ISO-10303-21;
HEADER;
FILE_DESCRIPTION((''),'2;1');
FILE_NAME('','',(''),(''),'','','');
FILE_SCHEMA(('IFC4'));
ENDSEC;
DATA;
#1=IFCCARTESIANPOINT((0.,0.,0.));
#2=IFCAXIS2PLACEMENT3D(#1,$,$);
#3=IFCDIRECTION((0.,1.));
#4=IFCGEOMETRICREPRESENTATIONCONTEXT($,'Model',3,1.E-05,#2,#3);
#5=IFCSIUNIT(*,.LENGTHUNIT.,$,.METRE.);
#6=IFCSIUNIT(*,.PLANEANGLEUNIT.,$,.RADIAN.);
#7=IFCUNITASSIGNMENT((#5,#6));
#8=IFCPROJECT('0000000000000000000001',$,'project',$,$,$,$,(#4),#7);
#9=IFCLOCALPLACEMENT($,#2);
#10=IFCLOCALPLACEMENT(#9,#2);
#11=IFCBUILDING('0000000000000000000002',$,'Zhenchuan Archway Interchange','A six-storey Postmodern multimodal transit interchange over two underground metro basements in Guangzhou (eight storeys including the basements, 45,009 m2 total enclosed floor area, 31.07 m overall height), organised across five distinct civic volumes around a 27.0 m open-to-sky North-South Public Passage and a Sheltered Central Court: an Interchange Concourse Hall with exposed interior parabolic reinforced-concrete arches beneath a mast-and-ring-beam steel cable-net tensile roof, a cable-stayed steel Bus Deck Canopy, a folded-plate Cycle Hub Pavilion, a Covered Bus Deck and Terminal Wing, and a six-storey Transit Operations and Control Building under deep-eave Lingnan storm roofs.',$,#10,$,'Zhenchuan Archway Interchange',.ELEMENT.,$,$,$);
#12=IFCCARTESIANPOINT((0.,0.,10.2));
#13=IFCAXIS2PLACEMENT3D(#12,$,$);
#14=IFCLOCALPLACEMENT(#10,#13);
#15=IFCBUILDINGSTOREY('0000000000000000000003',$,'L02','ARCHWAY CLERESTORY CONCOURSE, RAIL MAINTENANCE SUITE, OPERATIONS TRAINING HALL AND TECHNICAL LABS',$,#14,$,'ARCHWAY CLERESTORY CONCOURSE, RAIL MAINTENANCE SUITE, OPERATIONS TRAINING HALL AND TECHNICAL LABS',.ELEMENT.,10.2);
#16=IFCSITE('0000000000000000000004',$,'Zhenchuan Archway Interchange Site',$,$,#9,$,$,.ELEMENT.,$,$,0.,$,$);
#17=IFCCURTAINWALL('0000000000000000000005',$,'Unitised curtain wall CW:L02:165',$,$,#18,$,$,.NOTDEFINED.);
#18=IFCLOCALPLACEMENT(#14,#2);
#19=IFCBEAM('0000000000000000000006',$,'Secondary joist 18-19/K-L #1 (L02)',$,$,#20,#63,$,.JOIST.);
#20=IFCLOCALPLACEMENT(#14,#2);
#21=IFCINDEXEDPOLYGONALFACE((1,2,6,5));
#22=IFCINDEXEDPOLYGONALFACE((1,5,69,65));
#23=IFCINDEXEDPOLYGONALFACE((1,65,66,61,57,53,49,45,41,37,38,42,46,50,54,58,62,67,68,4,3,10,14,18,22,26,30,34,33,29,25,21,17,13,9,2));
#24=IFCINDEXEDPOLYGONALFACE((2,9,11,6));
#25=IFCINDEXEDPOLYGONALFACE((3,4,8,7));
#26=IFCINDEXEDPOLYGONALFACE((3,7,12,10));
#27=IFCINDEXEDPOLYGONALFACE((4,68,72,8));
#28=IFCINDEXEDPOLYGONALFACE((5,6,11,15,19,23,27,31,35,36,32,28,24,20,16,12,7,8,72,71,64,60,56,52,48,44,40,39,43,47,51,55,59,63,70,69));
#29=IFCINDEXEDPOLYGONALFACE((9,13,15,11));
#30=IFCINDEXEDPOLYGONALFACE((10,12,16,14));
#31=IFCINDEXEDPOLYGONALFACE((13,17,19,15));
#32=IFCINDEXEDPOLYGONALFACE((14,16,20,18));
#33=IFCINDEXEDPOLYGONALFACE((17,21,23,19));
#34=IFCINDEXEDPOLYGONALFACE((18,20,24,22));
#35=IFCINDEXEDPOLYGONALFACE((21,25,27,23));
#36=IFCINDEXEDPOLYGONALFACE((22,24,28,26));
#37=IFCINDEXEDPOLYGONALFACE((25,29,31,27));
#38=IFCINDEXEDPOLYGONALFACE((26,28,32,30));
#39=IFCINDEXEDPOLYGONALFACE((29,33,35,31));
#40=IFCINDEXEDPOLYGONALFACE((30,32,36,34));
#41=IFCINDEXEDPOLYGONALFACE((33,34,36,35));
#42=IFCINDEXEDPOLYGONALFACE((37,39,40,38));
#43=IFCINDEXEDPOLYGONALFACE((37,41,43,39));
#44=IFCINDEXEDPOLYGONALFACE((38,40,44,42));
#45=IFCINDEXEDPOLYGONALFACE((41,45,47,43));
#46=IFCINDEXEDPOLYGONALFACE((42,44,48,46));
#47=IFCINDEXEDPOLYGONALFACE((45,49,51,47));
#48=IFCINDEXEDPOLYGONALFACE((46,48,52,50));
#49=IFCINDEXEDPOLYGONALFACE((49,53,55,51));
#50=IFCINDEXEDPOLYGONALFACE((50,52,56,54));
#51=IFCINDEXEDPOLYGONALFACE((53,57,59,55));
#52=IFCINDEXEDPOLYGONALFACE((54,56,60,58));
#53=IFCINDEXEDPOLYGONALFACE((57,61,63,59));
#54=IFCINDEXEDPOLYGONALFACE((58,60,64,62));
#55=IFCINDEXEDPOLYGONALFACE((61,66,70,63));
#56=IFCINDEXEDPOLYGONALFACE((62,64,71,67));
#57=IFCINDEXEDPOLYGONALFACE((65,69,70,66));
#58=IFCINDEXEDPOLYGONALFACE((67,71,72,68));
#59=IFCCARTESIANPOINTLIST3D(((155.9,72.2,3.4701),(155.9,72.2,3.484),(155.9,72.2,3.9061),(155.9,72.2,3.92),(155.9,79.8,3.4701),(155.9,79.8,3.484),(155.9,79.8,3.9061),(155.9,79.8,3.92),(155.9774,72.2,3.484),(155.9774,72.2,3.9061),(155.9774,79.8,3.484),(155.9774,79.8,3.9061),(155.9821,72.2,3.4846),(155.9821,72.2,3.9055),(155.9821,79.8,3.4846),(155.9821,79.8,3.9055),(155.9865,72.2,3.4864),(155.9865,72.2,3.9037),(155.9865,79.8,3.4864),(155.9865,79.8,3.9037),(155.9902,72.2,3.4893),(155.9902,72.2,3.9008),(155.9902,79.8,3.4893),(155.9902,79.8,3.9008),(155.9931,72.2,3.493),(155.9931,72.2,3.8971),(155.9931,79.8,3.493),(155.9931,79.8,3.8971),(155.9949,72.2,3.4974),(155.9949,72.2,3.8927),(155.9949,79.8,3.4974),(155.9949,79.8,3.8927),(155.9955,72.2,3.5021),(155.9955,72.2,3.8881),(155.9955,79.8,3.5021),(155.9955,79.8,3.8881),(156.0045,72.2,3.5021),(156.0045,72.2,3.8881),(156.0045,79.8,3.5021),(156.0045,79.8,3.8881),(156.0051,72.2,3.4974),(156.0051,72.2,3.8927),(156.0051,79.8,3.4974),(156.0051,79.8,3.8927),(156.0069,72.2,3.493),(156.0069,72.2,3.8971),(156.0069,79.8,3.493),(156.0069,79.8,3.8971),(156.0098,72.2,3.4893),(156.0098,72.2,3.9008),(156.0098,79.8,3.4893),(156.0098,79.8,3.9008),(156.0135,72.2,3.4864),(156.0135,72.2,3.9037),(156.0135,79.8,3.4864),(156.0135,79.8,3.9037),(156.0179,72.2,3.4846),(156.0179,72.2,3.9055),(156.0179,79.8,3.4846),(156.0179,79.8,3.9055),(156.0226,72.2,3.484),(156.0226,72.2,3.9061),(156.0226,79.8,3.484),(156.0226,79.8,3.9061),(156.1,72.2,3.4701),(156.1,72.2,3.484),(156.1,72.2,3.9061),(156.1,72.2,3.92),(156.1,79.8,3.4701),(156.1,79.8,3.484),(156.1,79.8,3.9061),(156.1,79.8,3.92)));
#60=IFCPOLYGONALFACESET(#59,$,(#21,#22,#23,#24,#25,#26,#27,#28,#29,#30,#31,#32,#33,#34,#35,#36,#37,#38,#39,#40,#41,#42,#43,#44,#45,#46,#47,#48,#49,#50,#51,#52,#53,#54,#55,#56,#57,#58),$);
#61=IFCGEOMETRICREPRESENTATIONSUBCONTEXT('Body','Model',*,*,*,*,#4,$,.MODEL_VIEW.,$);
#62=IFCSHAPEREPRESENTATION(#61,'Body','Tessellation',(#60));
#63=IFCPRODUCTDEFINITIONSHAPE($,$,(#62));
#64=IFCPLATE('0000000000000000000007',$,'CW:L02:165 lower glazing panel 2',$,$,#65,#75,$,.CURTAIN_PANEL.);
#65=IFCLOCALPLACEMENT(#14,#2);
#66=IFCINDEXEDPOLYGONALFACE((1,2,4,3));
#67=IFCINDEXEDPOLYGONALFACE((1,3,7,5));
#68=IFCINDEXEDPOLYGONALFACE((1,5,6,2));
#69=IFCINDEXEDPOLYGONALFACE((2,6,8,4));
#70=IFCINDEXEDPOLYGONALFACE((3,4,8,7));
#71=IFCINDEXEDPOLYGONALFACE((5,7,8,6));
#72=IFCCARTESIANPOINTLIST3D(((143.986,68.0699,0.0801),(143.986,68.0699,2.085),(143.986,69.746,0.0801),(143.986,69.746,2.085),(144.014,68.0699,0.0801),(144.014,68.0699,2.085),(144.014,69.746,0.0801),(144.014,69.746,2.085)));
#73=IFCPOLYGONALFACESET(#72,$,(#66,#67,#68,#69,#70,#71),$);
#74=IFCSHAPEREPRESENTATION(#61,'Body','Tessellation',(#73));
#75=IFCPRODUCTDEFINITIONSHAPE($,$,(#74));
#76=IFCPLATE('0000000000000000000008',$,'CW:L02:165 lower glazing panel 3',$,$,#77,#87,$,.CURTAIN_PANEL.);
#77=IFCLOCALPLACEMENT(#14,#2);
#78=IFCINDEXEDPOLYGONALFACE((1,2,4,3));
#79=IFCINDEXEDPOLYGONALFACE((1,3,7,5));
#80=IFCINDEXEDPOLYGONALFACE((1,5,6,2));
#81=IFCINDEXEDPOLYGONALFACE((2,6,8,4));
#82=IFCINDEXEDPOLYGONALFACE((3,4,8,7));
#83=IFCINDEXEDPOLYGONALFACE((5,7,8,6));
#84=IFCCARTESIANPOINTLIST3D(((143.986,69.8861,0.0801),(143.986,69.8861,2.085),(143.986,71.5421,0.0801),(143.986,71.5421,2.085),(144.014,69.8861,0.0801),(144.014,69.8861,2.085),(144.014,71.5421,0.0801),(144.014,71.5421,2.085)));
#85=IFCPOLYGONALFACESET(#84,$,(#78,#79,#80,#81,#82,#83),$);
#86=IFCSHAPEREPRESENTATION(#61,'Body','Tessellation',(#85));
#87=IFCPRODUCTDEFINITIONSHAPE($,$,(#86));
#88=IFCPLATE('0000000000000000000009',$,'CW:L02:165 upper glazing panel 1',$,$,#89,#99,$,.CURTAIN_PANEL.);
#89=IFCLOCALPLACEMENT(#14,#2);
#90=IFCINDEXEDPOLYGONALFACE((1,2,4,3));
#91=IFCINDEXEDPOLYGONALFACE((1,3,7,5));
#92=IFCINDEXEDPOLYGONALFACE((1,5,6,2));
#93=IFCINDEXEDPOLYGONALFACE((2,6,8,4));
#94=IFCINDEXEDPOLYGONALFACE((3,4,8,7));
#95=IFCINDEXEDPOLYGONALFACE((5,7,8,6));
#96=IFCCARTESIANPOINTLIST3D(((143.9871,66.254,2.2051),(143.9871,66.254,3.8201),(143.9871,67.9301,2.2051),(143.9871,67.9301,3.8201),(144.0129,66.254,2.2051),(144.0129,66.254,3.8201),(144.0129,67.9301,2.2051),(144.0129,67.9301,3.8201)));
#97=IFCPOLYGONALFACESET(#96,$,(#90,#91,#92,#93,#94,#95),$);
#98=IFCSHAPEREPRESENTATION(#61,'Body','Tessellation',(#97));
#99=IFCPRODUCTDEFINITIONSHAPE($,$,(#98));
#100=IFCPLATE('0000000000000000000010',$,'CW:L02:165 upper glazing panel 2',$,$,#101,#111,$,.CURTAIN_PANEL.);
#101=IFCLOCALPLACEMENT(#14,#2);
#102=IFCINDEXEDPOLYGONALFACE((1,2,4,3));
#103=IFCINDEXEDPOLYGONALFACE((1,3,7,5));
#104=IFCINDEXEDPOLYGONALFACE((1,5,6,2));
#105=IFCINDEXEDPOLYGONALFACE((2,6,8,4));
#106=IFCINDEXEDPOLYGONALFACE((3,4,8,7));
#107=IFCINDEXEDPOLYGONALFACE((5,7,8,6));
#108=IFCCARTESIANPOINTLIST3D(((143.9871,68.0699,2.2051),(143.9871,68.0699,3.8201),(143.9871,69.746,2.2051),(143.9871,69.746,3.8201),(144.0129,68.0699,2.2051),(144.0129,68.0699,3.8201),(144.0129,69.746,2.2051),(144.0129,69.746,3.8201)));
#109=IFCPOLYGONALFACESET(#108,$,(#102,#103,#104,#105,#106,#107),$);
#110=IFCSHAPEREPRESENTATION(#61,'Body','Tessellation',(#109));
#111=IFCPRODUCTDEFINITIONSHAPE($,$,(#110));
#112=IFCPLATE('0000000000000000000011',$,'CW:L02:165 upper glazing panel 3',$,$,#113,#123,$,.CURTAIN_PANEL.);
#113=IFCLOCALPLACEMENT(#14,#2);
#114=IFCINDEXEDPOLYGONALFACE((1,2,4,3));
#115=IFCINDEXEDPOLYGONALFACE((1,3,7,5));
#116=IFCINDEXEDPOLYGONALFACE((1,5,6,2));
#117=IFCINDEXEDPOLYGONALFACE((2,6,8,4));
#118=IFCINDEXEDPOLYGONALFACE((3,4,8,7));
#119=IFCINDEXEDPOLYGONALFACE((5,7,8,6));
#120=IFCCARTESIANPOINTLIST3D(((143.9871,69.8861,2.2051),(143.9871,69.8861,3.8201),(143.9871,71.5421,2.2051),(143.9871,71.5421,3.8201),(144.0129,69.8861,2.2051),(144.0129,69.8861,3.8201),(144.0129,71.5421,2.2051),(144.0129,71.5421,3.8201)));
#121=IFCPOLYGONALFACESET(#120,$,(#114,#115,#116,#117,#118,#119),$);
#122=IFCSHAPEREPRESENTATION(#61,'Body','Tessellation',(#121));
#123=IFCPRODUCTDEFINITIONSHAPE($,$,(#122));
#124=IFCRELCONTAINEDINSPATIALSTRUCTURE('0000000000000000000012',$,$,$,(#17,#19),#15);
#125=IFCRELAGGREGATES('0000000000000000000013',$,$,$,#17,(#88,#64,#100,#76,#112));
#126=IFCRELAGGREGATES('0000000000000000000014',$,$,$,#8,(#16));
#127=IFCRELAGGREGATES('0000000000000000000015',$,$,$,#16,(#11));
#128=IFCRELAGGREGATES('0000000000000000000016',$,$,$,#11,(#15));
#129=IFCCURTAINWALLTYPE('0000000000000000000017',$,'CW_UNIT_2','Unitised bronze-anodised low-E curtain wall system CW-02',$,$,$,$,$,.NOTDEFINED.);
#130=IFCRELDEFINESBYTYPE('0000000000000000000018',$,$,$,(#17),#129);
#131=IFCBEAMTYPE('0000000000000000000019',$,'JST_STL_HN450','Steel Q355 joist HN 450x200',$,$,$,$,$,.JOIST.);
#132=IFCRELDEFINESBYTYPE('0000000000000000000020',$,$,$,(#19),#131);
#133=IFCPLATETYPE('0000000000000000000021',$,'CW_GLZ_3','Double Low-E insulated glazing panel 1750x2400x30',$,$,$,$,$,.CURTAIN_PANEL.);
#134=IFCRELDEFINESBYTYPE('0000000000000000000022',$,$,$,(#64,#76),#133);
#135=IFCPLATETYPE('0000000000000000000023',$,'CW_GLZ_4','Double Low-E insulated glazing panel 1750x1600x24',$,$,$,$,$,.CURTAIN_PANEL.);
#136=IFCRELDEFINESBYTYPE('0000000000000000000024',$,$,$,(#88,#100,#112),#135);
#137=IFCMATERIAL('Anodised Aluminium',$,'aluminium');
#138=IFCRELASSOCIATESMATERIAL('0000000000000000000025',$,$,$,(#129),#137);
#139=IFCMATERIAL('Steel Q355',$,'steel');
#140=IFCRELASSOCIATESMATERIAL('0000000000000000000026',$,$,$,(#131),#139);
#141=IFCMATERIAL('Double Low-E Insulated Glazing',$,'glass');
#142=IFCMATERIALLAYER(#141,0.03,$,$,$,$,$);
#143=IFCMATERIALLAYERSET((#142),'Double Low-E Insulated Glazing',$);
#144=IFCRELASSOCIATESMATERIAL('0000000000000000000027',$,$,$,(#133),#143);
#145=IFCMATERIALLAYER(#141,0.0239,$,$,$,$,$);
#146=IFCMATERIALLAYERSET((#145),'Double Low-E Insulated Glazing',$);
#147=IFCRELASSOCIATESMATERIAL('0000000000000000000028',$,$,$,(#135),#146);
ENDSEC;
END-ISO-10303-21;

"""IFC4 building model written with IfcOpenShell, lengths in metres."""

from ifc_helpers import new_model, si_unit, direction, frame, origin, origin_2d, place, context, subcontext, project, spatial, rectangle, i_section, extrude, material, layer, layer_set, material_profile, profile_set, type_object, element, aggregate, save


model = new_model("IFC4")

# Units and contexts
model_context = context("Model", 3, precision=1e-05, world=origin(), true_north=direction((0.0, 1.0)))
body_context = subcontext(model_context, "Body", "Model", "MODEL_VIEW")
ifc_project = project(units=[si_unit("LENGTHUNIT", "METRE"), si_unit("PLANEANGLEUNIT", "RADIAN")], contexts=[model_context])

# Site, building, storey
site_placement = place(None, origin())
site = spatial("IfcSite", under=ifc_project, at=site_placement, Name="Zhenchuan Archway Interchange Site", CompositionType="ELEMENT", RefElevation=0.0)
building_placement = place(site_placement, origin())
building = spatial("IfcBuilding", under=site, at=building_placement, Name="Zhenchuan Archway Interchange", Description="A six-storey Postmodern multimodal transit interchange over two underground metro basements in Guangzhou (eight storeys including the basements, 45,009 m2 total enclosed floor area, 31.07 m overall height), organised across five distinct civic volumes around a 27.0 m open-to-sky North-South Public Passage and a Sheltered Central Court: an Interchange Concourse Hall with exposed interior parabolic reinforced-concrete arches beneath a mast-and-ring-beam steel cable-net tensile roof, a cable-stayed steel Bus Deck Canopy, a folded-plate Cycle Hub Pavilion, a Covered Bus Deck and Terminal Wing, and a six-storey Transit Operations and Control Building under deep-eave Lingnan storm roofs.", LongName="Zhenchuan Archway Interchange", CompositionType="ELEMENT")
storey_placement = place(building_placement, frame((0.0, 0.0, 10.2)))
storey = spatial("IfcBuildingStorey", under=building, at=storey_placement, Name="L02", Description="ARCHWAY CLERESTORY CONCOURSE, RAIL MAINTENANCE SUITE, OPERATIONS TRAINING HALL AND TECHNICAL LABS", LongName="ARCHWAY CLERESTORY CONCOURSE, RAIL MAINTENANCE SUITE, OPERATIONS TRAINING HALL AND TECHNICAL LABS", CompositionType="ELEMENT", Elevation=10.2)

# Curtain wall
ifc_material_1 = material(Name="Anodised Aluminium", Category="aluminium")
curtain_wall_type = type_object("IfcCurtainWallType", Name="CW_UNIT_2", Description="Unitised bronze-anodised low-E curtain wall system CW-02", PredefinedType="NOTDEFINED", material=ifc_material_1)
curtain_wall_placement = place(storey_placement, origin())
curtain_wall = element("IfcCurtainWall", 1, at=curtain_wall_placement, inside=storey, type_object=curtain_wall_type, Name="Unitised curtain wall CW:L02:165", PredefinedType="NOTDEFINED")

# Beam
ifc_material_2 = material(Name="Steel Q355", Category="steel")
ifc_material_profile_1 = material_profile(ifc_material_2, i_section(OverallWidth=0.2, OverallDepth=0.45, WebThickness=0.009, FlangeThickness=0.0139, FilletRadius=0.0181, at=origin_2d()), Name="HN 450x200")
ifc_profile_set_1 = profile_set([ifc_material_profile_1], Name="Steel Q355")
beam_type_1 = type_object("IfcBeamType", Name="JST_STL_HN450", Description="Steel Q355 joist HN 450x200", PredefinedType="JOIST", material=ifc_profile_set_1)
beam_placement = place(storey_placement, frame((156.0, 72.2, 3.6951), z_axis=(0.0, 1.0, 0.0), x_axis=(-1.0, 0.0, 0.0)))
element("IfcBeam", 2, at=beam_placement, inside=storey, type_object=beam_type_1, Name="Secondary joist 18-19/K-L #1 (L02)", PredefinedType="JOIST", context=body_context, shape_type="SweptSolid", body=[
    extrude(i_section(OverallWidth=0.2, OverallDepth=0.45, WebThickness=0.009, FlangeThickness=0.0139, FilletRadius=0.0181, at=origin_2d()), origin(), (0.0, 0.0, 1.0), 7.6001),
])

# Plates
ifc_material_3 = material(Name="Double Low-E Insulated Glazing", Category="glass")
ifc_layer_1 = layer(ifc_material_3, 0.03)
ifc_layer_set_1 = layer_set([ifc_layer_1], Name="Double Low-E Insulated Glazing")
plate_type_1 = type_object("IfcPlateType", Name="CW_GLZ_3", Description="Double Low-E insulated glazing panel 1750x2400x30", PredefinedType="CURTAIN_PANEL", material=ifc_layer_set_1)
plate_1_placement = place(storey_placement, frame((144.0, 68.908, 0.0801), z_axis=(0.0, 0.0, 1.0), x_axis=(0.0, 1.0, 0.0)))
plate_1 = element("IfcPlate", 3, at=plate_1_placement, type_object=plate_type_1, Name="CW:L02:165 lower glazing panel 2", PredefinedType="CURTAIN_PANEL", context=body_context, shape_type="SweptSolid", body=[
    extrude(rectangle(XDim=1.676, YDim=0.0281, at=origin_2d()), origin(), (0.0, 0.0, 1.0), 2.0049),
])
plate_2_placement = place(storey_placement, frame((144.0, 70.7141, 0.0801), z_axis=(0.0, 0.0, 1.0), x_axis=(0.0, 1.0, 0.0)))
plate_2 = element("IfcPlate", 4, at=plate_2_placement, type_object=plate_type_1, Name="CW:L02:165 lower glazing panel 3", PredefinedType="CURTAIN_PANEL", context=body_context, shape_type="SweptSolid", body=[
    extrude(rectangle(XDim=1.656, YDim=0.0281, at=origin_2d()), origin(), (0.0, 0.0, 1.0), 2.0049),
])
ifc_layer_2 = layer(ifc_material_3, 0.0239)
ifc_layer_set_2 = layer_set([ifc_layer_2], Name="Double Low-E Insulated Glazing")
plate_type_2 = type_object("IfcPlateType", Name="CW_GLZ_4", Description="Double Low-E insulated glazing panel 1750x1600x24", PredefinedType="CURTAIN_PANEL", material=ifc_layer_set_2)
plate_3_placement = place(storey_placement, frame((144.0, 67.092, 2.2051), z_axis=(0.0, 0.0, 1.0), x_axis=(0.0, 1.0, 0.0)))
plate_3 = element("IfcPlate", 5, at=plate_3_placement, type_object=plate_type_2, Name="CW:L02:165 upper glazing panel 1", PredefinedType="CURTAIN_PANEL", context=body_context, shape_type="SweptSolid", body=[
    extrude(rectangle(XDim=1.676, YDim=0.0259, at=origin_2d()), origin(), (0.0, 0.0, 1.0), 1.615),
])
plate_4_placement = place(storey_placement, frame((144.0, 68.908, 2.2051), z_axis=(0.0, 0.0, 1.0), x_axis=(0.0, 1.0, 0.0)))
plate_4 = element("IfcPlate", 6, at=plate_4_placement, type_object=plate_type_2, Name="CW:L02:165 upper glazing panel 2", PredefinedType="CURTAIN_PANEL", context=body_context, shape_type="SweptSolid", body=[
    extrude(rectangle(XDim=1.676, YDim=0.0259, at=origin_2d()), origin(), (0.0, 0.0, 1.0), 1.615),
])
plate_5_placement = place(storey_placement, frame((144.0, 70.7141, 2.2051), z_axis=(0.0, 0.0, 1.0), x_axis=(0.0, 1.0, 0.0)))
plate_5 = element("IfcPlate", 7, at=plate_5_placement, type_object=plate_type_2, Name="CW:L02:165 upper glazing panel 3", PredefinedType="CURTAIN_PANEL", context=body_context, shape_type="SweptSolid", body=[
    extrude(rectangle(XDim=1.656, YDim=0.0259, at=origin_2d()), origin(), (0.0, 0.0, 1.0), 1.615),
])
aggregate(curtain_wall, [plate_3, plate_1, plate_4, plate_2, plate_5])

save(model, "model.ifc")
